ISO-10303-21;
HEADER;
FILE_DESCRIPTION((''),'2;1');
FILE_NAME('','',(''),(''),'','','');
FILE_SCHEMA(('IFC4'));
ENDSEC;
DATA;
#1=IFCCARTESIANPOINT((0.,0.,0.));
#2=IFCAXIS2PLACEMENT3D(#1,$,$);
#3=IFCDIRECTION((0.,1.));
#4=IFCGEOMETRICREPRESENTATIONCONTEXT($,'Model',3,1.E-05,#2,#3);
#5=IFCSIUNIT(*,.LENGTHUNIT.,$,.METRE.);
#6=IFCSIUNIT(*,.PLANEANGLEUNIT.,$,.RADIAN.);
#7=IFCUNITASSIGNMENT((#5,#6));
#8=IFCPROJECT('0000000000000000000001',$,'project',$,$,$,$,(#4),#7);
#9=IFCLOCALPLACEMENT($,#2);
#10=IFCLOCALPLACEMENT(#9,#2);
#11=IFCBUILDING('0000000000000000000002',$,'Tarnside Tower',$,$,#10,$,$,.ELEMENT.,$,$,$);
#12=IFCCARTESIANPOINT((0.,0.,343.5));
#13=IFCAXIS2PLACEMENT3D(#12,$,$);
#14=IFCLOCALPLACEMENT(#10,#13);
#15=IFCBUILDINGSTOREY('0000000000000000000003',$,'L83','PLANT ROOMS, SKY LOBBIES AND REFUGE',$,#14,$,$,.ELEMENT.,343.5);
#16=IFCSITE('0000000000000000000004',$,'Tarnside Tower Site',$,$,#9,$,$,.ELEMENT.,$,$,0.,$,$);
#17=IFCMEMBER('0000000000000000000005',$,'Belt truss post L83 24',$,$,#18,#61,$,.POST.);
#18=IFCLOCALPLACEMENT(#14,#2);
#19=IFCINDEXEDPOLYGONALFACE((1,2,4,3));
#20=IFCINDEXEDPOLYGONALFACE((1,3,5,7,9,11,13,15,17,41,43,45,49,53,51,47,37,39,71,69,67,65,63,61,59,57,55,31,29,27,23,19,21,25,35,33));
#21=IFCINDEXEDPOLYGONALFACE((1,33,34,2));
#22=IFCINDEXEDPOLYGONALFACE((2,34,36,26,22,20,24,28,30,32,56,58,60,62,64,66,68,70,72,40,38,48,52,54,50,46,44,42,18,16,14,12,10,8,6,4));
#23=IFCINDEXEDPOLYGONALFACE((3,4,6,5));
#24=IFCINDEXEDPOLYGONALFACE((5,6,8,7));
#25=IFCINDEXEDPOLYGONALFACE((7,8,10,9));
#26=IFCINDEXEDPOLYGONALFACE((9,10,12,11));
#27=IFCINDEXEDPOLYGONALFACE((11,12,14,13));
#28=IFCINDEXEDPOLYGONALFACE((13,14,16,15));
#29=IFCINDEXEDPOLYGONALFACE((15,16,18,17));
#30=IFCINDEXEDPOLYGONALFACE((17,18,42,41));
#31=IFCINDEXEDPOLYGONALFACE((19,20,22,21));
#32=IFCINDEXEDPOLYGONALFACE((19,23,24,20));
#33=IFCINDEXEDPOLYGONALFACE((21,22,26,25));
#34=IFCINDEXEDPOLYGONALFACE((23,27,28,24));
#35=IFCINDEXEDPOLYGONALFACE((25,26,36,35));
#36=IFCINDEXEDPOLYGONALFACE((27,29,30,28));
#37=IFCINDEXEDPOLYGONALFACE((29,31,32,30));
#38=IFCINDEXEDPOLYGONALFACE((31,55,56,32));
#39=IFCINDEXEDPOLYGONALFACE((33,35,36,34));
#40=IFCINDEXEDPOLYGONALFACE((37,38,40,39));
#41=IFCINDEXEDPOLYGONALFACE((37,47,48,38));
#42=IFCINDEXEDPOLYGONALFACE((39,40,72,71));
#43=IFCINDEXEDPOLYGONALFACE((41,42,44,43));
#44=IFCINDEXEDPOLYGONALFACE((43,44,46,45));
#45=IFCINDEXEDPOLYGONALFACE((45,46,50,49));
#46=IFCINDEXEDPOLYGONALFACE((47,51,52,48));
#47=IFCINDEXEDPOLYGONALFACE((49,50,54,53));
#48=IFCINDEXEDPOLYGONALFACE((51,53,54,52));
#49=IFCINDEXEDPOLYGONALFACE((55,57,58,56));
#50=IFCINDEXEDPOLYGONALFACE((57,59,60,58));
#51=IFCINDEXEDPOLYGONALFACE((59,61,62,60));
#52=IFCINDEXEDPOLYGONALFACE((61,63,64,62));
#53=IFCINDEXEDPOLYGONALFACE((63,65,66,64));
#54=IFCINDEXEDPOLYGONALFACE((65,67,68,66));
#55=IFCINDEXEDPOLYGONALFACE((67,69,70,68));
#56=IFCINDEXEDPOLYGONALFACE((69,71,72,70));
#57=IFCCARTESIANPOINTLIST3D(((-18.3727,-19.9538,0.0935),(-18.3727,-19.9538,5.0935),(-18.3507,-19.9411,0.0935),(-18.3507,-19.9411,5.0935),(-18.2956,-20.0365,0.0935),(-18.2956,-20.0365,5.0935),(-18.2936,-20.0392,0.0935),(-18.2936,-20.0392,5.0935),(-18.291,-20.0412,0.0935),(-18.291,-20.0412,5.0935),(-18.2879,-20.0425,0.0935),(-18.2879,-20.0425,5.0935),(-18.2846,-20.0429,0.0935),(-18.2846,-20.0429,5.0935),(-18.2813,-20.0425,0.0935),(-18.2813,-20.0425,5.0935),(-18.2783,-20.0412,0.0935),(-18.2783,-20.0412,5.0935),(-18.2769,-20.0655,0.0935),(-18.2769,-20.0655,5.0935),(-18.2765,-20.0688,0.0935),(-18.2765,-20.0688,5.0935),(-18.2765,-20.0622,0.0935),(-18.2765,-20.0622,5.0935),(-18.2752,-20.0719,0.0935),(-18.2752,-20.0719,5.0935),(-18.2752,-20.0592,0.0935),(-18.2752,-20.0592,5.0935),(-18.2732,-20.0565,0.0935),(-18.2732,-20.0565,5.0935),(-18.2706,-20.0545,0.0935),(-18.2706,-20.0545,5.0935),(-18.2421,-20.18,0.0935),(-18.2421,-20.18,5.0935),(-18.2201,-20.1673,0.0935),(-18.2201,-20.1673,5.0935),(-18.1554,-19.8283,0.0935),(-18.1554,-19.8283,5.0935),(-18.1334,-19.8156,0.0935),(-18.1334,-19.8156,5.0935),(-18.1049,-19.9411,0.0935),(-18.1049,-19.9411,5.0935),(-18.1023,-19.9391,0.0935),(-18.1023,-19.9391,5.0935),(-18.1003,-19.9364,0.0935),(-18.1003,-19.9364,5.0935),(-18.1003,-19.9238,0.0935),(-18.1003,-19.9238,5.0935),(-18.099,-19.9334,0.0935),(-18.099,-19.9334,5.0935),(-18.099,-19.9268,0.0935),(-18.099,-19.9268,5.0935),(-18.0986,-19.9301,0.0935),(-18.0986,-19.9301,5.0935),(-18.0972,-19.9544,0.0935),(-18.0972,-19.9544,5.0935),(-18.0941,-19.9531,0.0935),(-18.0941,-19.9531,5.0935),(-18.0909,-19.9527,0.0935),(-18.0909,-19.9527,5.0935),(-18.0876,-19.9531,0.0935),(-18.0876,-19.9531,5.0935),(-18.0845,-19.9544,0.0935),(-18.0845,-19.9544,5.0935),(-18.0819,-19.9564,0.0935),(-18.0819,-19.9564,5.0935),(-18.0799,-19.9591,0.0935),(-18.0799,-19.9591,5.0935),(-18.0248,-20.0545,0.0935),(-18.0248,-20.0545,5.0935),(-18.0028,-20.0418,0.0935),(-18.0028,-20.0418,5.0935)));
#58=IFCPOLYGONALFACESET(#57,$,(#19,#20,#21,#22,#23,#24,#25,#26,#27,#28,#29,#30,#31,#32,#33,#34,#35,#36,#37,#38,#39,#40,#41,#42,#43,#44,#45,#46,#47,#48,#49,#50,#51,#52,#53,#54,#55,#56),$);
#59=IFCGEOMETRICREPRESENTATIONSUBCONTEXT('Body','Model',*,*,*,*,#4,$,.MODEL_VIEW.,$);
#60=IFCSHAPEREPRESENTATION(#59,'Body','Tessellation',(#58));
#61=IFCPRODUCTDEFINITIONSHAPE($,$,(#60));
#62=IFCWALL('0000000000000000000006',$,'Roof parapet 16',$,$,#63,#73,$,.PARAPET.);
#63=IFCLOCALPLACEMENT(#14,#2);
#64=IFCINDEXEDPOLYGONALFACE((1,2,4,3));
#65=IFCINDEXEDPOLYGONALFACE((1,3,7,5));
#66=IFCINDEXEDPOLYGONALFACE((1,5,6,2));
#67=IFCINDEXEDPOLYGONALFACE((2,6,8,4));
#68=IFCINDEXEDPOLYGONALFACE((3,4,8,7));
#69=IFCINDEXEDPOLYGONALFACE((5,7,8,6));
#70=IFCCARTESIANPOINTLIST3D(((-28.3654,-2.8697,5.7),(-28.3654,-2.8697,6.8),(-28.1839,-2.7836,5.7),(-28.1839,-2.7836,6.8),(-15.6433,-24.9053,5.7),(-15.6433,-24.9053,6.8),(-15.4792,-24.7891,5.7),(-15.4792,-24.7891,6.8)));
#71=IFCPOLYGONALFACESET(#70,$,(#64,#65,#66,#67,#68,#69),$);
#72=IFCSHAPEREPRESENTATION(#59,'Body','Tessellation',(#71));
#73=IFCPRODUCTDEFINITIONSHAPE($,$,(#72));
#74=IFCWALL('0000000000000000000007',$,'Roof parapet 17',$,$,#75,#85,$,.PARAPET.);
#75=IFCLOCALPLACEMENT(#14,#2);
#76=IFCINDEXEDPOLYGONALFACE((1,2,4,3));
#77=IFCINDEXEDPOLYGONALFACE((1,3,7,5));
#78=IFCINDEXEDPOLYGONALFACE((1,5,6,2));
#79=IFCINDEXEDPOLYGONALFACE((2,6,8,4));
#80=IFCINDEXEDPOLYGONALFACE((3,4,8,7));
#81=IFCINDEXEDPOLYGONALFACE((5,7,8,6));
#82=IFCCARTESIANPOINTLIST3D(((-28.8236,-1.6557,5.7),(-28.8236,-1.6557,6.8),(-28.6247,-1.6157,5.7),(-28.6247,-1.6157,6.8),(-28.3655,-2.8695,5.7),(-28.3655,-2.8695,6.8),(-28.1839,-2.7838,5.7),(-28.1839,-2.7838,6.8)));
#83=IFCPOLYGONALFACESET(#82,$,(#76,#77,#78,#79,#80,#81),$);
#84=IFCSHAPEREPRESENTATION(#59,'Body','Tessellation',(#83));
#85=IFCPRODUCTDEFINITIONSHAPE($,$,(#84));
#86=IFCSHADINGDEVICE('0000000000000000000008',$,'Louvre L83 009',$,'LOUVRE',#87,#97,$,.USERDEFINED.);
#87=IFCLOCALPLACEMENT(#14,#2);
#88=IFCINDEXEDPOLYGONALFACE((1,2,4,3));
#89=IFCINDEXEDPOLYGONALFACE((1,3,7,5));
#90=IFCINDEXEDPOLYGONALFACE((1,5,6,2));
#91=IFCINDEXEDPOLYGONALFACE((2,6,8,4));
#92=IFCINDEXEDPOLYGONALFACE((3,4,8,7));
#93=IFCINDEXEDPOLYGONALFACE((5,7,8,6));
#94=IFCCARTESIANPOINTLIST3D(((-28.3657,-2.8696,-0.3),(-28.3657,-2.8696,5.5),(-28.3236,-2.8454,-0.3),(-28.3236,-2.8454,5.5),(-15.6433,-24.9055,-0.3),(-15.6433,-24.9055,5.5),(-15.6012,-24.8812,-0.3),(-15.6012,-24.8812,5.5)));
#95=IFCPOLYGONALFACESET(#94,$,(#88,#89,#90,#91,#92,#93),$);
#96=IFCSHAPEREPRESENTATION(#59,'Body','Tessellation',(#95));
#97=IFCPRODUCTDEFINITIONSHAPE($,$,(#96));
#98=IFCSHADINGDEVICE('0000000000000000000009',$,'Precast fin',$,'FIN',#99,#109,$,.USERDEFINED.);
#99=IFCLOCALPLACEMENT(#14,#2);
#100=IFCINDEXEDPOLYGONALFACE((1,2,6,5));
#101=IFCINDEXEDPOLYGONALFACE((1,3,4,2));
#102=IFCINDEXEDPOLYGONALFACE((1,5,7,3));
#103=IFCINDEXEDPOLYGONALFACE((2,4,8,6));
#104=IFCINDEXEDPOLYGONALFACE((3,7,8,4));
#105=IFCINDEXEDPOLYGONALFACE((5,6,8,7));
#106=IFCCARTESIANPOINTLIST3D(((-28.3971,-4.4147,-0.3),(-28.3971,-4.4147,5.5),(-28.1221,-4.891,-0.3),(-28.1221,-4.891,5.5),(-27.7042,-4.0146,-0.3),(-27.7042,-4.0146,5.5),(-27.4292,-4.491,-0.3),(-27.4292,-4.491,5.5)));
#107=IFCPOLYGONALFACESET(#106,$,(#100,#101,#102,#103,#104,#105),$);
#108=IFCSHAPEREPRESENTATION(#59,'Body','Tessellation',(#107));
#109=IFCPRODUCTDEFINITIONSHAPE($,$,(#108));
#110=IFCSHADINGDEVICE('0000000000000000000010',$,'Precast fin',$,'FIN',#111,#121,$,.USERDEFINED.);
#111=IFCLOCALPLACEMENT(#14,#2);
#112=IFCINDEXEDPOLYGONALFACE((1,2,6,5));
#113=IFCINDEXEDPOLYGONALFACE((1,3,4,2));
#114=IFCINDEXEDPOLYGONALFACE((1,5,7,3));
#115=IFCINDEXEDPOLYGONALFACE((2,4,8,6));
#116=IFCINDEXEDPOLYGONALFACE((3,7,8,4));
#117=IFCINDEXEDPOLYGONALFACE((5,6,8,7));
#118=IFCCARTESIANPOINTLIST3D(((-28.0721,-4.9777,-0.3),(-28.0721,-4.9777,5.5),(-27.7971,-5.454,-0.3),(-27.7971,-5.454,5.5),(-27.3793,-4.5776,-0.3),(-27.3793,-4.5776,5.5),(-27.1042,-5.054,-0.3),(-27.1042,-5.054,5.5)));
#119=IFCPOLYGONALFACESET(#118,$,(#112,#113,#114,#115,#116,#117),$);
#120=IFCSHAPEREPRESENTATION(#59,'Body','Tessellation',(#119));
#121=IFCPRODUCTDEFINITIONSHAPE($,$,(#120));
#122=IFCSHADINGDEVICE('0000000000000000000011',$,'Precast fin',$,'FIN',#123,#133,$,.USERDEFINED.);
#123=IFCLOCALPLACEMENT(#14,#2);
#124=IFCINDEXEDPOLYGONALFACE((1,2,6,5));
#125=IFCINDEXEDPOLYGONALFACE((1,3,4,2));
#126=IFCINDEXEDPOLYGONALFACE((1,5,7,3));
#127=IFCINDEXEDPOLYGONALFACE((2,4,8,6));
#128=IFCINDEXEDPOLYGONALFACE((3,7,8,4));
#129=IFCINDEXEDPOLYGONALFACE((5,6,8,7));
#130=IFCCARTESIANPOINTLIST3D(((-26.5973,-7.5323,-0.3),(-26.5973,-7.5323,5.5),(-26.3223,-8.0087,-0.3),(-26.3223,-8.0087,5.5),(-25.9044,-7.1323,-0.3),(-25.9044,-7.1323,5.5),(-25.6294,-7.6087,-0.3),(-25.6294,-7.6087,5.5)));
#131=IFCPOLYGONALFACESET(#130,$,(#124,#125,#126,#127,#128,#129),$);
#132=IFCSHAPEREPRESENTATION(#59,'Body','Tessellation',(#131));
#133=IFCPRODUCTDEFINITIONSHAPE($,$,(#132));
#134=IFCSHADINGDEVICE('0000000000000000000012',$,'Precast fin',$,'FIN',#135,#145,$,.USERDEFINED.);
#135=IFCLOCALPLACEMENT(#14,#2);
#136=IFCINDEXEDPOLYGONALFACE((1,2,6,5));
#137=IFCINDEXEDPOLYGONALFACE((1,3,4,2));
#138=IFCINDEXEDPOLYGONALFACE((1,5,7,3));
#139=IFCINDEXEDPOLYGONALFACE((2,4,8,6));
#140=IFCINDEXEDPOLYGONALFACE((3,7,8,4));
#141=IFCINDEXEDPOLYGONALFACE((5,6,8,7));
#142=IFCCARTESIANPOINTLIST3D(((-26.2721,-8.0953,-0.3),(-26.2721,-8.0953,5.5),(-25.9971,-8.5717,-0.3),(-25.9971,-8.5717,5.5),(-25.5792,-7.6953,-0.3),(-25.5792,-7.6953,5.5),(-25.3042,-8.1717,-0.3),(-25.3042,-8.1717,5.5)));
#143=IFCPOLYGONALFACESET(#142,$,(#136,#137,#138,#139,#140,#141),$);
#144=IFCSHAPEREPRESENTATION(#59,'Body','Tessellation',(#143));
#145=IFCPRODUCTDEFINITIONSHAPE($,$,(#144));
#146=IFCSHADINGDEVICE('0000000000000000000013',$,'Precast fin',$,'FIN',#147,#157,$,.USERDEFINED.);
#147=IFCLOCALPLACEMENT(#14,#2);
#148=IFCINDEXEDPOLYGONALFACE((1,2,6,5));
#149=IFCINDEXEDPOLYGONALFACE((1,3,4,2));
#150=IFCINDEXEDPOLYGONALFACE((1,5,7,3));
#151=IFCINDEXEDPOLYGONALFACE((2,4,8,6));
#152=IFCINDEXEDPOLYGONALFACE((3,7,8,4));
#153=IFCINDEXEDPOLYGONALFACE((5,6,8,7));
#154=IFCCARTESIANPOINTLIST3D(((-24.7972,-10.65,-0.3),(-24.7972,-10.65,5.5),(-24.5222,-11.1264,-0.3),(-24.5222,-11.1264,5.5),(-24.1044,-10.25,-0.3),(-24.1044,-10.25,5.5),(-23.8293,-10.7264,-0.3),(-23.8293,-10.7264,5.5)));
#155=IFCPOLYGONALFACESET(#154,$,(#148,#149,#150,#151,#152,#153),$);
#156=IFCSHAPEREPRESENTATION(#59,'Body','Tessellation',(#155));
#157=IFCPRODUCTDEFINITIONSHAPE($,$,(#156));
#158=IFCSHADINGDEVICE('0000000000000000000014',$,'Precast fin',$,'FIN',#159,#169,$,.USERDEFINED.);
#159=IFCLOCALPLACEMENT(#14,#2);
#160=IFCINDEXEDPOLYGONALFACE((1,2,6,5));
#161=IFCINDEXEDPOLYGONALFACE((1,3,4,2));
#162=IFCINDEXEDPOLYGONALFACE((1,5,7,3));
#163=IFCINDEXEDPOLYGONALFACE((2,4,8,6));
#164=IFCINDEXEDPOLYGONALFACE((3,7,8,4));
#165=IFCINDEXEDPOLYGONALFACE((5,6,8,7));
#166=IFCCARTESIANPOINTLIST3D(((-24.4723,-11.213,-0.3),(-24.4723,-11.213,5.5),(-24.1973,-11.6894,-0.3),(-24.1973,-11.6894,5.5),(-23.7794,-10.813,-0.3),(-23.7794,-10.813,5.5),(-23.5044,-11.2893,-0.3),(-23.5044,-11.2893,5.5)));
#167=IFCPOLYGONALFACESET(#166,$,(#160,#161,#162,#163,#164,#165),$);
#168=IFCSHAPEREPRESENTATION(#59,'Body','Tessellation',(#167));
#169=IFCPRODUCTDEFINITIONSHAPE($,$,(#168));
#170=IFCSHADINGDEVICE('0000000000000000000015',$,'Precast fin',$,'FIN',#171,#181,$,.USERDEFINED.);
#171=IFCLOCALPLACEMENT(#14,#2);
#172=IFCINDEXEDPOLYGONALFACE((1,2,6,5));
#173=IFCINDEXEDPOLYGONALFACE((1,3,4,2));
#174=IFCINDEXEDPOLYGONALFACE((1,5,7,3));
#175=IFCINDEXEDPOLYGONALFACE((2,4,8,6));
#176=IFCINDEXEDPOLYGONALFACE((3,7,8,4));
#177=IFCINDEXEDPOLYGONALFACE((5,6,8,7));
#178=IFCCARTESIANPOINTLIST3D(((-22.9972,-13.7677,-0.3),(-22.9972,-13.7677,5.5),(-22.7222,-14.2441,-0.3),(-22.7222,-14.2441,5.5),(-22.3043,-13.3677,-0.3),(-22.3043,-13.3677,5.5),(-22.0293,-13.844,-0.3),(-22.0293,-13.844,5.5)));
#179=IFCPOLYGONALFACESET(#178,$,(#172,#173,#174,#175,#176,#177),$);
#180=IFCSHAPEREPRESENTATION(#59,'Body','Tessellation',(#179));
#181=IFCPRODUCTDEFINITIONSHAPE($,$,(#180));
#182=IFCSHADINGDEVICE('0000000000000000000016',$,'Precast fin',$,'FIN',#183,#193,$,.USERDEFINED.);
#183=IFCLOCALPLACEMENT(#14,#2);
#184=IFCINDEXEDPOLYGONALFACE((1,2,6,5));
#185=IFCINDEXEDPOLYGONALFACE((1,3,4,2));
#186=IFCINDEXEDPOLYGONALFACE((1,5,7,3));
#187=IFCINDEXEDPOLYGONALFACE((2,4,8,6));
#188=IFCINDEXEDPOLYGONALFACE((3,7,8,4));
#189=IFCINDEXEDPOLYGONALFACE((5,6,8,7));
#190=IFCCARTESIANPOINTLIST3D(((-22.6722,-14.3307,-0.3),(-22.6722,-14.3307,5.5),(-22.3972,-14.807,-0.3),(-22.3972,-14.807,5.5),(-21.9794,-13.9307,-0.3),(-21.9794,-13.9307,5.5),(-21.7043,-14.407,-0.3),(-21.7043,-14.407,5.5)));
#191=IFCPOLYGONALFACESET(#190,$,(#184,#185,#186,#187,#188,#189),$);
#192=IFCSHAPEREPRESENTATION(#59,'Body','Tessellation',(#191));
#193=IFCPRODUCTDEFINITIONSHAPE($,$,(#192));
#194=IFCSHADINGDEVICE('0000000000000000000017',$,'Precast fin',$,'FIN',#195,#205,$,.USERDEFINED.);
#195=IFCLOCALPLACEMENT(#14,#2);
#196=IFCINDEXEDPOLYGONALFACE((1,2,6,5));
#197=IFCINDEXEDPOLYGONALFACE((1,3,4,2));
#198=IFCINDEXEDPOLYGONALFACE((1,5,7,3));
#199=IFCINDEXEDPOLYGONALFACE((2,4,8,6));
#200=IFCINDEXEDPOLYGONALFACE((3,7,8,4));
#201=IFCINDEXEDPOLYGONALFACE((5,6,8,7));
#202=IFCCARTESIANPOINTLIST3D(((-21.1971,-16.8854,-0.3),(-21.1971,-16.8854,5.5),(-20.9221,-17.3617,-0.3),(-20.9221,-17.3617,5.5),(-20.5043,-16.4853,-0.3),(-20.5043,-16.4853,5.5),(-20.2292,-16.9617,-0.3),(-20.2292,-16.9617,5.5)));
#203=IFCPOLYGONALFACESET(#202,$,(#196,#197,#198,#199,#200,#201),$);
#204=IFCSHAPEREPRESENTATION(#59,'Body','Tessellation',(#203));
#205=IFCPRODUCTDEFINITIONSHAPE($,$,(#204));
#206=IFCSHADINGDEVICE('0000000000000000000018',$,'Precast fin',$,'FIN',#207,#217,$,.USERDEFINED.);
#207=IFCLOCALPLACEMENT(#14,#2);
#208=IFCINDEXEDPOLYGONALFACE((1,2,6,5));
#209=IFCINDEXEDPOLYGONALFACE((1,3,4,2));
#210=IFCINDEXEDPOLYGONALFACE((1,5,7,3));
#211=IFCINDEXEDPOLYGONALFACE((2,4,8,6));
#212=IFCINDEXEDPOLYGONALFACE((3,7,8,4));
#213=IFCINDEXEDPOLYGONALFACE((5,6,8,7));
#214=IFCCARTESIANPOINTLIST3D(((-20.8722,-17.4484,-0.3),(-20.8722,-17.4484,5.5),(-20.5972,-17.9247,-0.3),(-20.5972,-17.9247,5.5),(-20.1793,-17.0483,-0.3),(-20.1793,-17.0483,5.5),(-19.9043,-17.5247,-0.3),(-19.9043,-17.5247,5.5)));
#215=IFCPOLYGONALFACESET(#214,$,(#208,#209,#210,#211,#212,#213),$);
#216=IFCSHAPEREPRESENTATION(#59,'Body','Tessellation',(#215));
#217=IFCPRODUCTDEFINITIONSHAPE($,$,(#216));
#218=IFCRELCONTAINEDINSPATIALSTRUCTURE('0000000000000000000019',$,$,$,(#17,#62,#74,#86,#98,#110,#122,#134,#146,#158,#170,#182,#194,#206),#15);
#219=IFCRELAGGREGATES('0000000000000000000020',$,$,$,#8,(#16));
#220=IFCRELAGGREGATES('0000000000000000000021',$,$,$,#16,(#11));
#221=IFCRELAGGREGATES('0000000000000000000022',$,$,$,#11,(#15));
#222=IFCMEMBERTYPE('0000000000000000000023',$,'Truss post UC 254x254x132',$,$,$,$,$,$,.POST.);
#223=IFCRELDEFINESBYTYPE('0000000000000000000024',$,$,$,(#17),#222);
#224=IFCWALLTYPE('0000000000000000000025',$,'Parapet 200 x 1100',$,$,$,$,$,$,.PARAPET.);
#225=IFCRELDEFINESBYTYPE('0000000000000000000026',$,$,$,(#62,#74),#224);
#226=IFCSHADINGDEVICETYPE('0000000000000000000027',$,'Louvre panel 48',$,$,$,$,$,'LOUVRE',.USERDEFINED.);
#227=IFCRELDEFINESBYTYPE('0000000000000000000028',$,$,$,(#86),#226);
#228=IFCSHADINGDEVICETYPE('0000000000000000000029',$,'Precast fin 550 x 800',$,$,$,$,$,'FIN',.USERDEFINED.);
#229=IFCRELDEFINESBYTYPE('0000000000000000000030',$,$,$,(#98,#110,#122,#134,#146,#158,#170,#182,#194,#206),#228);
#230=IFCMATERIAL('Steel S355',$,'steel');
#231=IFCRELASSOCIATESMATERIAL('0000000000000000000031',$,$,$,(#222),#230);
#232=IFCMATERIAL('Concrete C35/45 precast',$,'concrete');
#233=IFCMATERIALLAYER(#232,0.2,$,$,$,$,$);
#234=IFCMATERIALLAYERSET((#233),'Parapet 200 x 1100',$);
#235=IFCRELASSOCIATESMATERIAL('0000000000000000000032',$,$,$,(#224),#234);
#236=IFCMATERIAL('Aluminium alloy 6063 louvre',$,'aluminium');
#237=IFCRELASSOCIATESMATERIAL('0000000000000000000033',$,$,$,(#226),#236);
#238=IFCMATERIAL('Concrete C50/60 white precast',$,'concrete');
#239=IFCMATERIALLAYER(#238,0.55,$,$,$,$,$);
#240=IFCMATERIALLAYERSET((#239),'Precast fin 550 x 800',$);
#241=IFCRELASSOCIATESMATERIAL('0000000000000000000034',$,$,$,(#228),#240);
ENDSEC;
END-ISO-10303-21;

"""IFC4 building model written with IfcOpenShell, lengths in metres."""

from ifc_helpers import new_model, si_unit, direction, frame, origin, origin_2d, place, context, subcontext, project, spatial, polyline, i_section, outline, extrude, material, layer, layer_set, material_profile, profile_set, type_object, element, save


model = new_model("IFC4")

# Units and contexts
model_context = context("Model", 3, precision=1e-05, world=origin(), true_north=direction((0.0, 1.0)))
body_context = subcontext(model_context, "Body", "Model", "MODEL_VIEW")
ifc_project = project(units=[si_unit("LENGTHUNIT", "METRE"), si_unit("PLANEANGLEUNIT", "RADIAN")], contexts=[model_context])

# Site, building, storey
site_placement = place(None, origin())
site = spatial("IfcSite", under=ifc_project, at=site_placement, Name="Tarnside Tower Site", CompositionType="ELEMENT", RefElevation=0.0)
building_placement = place(site_placement, origin())
building = spatial("IfcBuilding", under=site, at=building_placement, Name="Tarnside Tower", CompositionType="ELEMENT")
storey_placement = place(building_placement, frame((0.0, 0.0, 343.5)))
storey = spatial("IfcBuildingStorey", under=building, at=storey_placement, Name="L83", Description="PLANT ROOMS, SKY LOBBIES AND REFUGE", CompositionType="ELEMENT", Elevation=343.5)

# Shared definitions
ifc_material_1 = material(Name="Steel S355", Category="steel")

# Member
ifc_material_profile_1 = material_profile(ifc_material_1, i_section(OverallWidth=0.2612, OverallDepth=0.2764, WebThickness=0.0154, FlangeThickness=0.0254, FilletRadius=0.0127, at=origin_2d()), Name="UC 254x254x132")
ifc_profile_set_1 = profile_set([ifc_material_profile_1], Name="Steel S355")
member_type_1 = type_object("IfcMemberType", Name="Truss post UC 254x254x132", PredefinedType="POST", material=ifc_profile_set_1)
for number, where, z_axis, x_axis, name in (
    (1, (-18.1877, -19.9978, 0.0935), (0.0, 0.0, 1.0), (0.5, -0.866025, 0.0), "Belt truss post L83 24"),
):
    element("IfcMember", number, at=place(storey_placement, frame(where, z_axis=z_axis, x_axis=x_axis)), inside=storey, type_object=member_type_1, Name=name, PredefinedType="POST", context=body_context, shape_type="SweptSolid", body=[
        extrude(i_section(OverallWidth=0.2612, OverallDepth=0.2764, WebThickness=0.0154, FlangeThickness=0.0254, FilletRadius=0.0127, at=origin_2d()), origin(), (0.0, 0.0, 1.0), 5.0),
    ])

# Walls
ifc_material_2 = material(Name="Concrete C35/45 precast", Category="concrete")
ifc_layer_1 = layer(ifc_material_2, 0.2)
ifc_layer_set_1 = layer_set([ifc_layer_1], Name="Parapet 200 x 1100")
wall_type = type_object("IfcWallType", Name="Parapet 200 x 1100", PredefinedType="PARAPET", material=ifc_layer_set_1)
wall_1_placement = place(storey_placement, frame((-15.5613, -24.8472, 5.7), z_axis=(0.0, 0.0, 1.0), x_axis=(-0.499995, 0.866028, 0.0)))
element("IfcWall", 2, at=wall_1_placement, inside=storey, type_object=wall_type, Name="Roof parapet 16", PredefinedType="PARAPET", context=body_context, shape_type="SweptSolid", body=[
    extrude(outline(polyline([(0.0093, -0.1001), (25.4189, -0.1001), (25.4351, 0.1001), (-0.0093, 0.1001), (0.0093, -0.1001)])), origin(), (0.0, 0.0, 1.0), 1.1001),
])
wall_2_placement = place(storey_placement, frame((-28.2747, -2.8267, 5.7), z_axis=(0.0, 0.0, 1.0), x_axis=(-0.353098, 0.935586, 0.0)))
element("IfcWall", 3, at=wall_2_placement, inside=storey, type_object=wall_type, Name="Roof parapet 17", PredefinedType="PARAPET", context=body_context, shape_type="SweptSolid", body=[
    extrude(outline(polyline([(0.0081, -0.1001), (1.2566, -0.1001), (1.2893, 0.1001), (-0.0081, 0.1001), (0.0081, -0.1001)])), origin(), (0.0, 0.0, 1.0), 1.1001),
])

# Shading devices
ifc_material_3 = material(Name="Aluminium alloy 6063 louvre", Category="aluminium")
shading_device_type_1 = type_object("IfcShadingDeviceType", Name="Louvre panel 48", ElementType="LOUVRE", PredefinedType="USERDEFINED", material=ifc_material_3)
shading_device_placement = place(storey_placement, frame((-21.9624, -13.8633, -0.3), z_axis=(-0.500001, 0.866025, 0.0), x_axis=(-0.866025, -0.500001, 0.0)))
element("IfcShadingDevice", 4, at=shading_device_placement, inside=storey, type_object=shading_device_type_1, Name="Louvre L83 009", ObjectType="LOUVRE", PredefinedType="USERDEFINED", context=body_context, shape_type="SweptSolid", body=[
    extrude(outline(polyline([(0.0, 0.0), (0.0486, 0.0), (0.0486, 5.8), (0.0, 5.8), (0.0, 0.0)])), frame((0.0, 0.0, -12.7224)), (0.0, 0.0, 1.0), 25.4448),
])
ifc_material_4 = material(Name="Concrete C50/60 white precast", Category="concrete")
ifc_layer_2 = layer(ifc_material_4, 0.55)
ifc_layer_set_2 = layer_set([ifc_layer_2], Name="Precast fin 550 x 800")
shading_device_type_2 = type_object("IfcShadingDeviceType", Name="Precast fin 550 x 800", ElementType="FIN", PredefinedType="USERDEFINED", material=ifc_layer_set_2)
for number, where, z_axis, x_axis, name in (
    (5, (-27.5667, -4.2529, -0.3), (-0.5, 0.866025, 0.0), (-0.866025, -0.5, 0.0), "Precast fin"),
    (6, (-27.2417, -4.8159, -0.3), (-0.5, 0.866025, 0.0), (-0.866025, -0.5, 0.0), "Precast fin"),
    (7, (-25.7668, -7.3706, -0.3), (-0.5, 0.866025, 0.0), (-0.866025, -0.5, 0.0), "Precast fin"),
    (8, (-25.4417, -7.9336, -0.3), (-0.5, 0.866025, 0.0), (-0.866025, -0.5, 0.0), "Precast fin"),
    (9, (-23.9668, -10.4883, -0.3), (-0.5, 0.866025, 0.0), (-0.866025, -0.5, 0.0), "Precast fin"),
    (10, (-23.6418, -11.0513, -0.3), (-0.5, 0.866025, 0.0), (-0.866025, -0.5, 0.0), "Precast fin"),
    (11, (-22.1667, -13.606, -0.3), (-0.5, 0.866025, 0.0), (-0.866025, -0.5, 0.0), "Precast fin"),
    (12, (-21.8418, -14.1689, -0.3), (-0.5, 0.866025, 0.0), (-0.866025, -0.5, 0.0), "Precast fin"),
    (13, (-20.3667, -16.7236, -0.3), (-0.5, 0.866025, 0.0), (-0.866025, -0.5, 0.0), "Precast fin"),
    (14, (-20.0417, -17.2866, -0.3), (-0.5, 0.866025, 0.0), (-0.866025, -0.5, 0.0), "Precast fin"),
):
    element("IfcShadingDevice", number, at=place(storey_placement, frame(where, z_axis=z_axis, x_axis=x_axis)), inside=storey, type_object=shading_device_type_2, Name=name, ObjectType="FIN", PredefinedType="USERDEFINED", context=body_context, shape_type="SweptSolid", body=[
        extrude(outline(polyline([(0.0, 0.0), (0.8, 0.0), (0.8, 5.8), (0.0, 5.8), (0.0, 0.0)])), frame((0.0, 0.0, -0.2749)), (0.0, 0.0, 1.0), 0.55),
    ])

save(model, "model.ifc")
